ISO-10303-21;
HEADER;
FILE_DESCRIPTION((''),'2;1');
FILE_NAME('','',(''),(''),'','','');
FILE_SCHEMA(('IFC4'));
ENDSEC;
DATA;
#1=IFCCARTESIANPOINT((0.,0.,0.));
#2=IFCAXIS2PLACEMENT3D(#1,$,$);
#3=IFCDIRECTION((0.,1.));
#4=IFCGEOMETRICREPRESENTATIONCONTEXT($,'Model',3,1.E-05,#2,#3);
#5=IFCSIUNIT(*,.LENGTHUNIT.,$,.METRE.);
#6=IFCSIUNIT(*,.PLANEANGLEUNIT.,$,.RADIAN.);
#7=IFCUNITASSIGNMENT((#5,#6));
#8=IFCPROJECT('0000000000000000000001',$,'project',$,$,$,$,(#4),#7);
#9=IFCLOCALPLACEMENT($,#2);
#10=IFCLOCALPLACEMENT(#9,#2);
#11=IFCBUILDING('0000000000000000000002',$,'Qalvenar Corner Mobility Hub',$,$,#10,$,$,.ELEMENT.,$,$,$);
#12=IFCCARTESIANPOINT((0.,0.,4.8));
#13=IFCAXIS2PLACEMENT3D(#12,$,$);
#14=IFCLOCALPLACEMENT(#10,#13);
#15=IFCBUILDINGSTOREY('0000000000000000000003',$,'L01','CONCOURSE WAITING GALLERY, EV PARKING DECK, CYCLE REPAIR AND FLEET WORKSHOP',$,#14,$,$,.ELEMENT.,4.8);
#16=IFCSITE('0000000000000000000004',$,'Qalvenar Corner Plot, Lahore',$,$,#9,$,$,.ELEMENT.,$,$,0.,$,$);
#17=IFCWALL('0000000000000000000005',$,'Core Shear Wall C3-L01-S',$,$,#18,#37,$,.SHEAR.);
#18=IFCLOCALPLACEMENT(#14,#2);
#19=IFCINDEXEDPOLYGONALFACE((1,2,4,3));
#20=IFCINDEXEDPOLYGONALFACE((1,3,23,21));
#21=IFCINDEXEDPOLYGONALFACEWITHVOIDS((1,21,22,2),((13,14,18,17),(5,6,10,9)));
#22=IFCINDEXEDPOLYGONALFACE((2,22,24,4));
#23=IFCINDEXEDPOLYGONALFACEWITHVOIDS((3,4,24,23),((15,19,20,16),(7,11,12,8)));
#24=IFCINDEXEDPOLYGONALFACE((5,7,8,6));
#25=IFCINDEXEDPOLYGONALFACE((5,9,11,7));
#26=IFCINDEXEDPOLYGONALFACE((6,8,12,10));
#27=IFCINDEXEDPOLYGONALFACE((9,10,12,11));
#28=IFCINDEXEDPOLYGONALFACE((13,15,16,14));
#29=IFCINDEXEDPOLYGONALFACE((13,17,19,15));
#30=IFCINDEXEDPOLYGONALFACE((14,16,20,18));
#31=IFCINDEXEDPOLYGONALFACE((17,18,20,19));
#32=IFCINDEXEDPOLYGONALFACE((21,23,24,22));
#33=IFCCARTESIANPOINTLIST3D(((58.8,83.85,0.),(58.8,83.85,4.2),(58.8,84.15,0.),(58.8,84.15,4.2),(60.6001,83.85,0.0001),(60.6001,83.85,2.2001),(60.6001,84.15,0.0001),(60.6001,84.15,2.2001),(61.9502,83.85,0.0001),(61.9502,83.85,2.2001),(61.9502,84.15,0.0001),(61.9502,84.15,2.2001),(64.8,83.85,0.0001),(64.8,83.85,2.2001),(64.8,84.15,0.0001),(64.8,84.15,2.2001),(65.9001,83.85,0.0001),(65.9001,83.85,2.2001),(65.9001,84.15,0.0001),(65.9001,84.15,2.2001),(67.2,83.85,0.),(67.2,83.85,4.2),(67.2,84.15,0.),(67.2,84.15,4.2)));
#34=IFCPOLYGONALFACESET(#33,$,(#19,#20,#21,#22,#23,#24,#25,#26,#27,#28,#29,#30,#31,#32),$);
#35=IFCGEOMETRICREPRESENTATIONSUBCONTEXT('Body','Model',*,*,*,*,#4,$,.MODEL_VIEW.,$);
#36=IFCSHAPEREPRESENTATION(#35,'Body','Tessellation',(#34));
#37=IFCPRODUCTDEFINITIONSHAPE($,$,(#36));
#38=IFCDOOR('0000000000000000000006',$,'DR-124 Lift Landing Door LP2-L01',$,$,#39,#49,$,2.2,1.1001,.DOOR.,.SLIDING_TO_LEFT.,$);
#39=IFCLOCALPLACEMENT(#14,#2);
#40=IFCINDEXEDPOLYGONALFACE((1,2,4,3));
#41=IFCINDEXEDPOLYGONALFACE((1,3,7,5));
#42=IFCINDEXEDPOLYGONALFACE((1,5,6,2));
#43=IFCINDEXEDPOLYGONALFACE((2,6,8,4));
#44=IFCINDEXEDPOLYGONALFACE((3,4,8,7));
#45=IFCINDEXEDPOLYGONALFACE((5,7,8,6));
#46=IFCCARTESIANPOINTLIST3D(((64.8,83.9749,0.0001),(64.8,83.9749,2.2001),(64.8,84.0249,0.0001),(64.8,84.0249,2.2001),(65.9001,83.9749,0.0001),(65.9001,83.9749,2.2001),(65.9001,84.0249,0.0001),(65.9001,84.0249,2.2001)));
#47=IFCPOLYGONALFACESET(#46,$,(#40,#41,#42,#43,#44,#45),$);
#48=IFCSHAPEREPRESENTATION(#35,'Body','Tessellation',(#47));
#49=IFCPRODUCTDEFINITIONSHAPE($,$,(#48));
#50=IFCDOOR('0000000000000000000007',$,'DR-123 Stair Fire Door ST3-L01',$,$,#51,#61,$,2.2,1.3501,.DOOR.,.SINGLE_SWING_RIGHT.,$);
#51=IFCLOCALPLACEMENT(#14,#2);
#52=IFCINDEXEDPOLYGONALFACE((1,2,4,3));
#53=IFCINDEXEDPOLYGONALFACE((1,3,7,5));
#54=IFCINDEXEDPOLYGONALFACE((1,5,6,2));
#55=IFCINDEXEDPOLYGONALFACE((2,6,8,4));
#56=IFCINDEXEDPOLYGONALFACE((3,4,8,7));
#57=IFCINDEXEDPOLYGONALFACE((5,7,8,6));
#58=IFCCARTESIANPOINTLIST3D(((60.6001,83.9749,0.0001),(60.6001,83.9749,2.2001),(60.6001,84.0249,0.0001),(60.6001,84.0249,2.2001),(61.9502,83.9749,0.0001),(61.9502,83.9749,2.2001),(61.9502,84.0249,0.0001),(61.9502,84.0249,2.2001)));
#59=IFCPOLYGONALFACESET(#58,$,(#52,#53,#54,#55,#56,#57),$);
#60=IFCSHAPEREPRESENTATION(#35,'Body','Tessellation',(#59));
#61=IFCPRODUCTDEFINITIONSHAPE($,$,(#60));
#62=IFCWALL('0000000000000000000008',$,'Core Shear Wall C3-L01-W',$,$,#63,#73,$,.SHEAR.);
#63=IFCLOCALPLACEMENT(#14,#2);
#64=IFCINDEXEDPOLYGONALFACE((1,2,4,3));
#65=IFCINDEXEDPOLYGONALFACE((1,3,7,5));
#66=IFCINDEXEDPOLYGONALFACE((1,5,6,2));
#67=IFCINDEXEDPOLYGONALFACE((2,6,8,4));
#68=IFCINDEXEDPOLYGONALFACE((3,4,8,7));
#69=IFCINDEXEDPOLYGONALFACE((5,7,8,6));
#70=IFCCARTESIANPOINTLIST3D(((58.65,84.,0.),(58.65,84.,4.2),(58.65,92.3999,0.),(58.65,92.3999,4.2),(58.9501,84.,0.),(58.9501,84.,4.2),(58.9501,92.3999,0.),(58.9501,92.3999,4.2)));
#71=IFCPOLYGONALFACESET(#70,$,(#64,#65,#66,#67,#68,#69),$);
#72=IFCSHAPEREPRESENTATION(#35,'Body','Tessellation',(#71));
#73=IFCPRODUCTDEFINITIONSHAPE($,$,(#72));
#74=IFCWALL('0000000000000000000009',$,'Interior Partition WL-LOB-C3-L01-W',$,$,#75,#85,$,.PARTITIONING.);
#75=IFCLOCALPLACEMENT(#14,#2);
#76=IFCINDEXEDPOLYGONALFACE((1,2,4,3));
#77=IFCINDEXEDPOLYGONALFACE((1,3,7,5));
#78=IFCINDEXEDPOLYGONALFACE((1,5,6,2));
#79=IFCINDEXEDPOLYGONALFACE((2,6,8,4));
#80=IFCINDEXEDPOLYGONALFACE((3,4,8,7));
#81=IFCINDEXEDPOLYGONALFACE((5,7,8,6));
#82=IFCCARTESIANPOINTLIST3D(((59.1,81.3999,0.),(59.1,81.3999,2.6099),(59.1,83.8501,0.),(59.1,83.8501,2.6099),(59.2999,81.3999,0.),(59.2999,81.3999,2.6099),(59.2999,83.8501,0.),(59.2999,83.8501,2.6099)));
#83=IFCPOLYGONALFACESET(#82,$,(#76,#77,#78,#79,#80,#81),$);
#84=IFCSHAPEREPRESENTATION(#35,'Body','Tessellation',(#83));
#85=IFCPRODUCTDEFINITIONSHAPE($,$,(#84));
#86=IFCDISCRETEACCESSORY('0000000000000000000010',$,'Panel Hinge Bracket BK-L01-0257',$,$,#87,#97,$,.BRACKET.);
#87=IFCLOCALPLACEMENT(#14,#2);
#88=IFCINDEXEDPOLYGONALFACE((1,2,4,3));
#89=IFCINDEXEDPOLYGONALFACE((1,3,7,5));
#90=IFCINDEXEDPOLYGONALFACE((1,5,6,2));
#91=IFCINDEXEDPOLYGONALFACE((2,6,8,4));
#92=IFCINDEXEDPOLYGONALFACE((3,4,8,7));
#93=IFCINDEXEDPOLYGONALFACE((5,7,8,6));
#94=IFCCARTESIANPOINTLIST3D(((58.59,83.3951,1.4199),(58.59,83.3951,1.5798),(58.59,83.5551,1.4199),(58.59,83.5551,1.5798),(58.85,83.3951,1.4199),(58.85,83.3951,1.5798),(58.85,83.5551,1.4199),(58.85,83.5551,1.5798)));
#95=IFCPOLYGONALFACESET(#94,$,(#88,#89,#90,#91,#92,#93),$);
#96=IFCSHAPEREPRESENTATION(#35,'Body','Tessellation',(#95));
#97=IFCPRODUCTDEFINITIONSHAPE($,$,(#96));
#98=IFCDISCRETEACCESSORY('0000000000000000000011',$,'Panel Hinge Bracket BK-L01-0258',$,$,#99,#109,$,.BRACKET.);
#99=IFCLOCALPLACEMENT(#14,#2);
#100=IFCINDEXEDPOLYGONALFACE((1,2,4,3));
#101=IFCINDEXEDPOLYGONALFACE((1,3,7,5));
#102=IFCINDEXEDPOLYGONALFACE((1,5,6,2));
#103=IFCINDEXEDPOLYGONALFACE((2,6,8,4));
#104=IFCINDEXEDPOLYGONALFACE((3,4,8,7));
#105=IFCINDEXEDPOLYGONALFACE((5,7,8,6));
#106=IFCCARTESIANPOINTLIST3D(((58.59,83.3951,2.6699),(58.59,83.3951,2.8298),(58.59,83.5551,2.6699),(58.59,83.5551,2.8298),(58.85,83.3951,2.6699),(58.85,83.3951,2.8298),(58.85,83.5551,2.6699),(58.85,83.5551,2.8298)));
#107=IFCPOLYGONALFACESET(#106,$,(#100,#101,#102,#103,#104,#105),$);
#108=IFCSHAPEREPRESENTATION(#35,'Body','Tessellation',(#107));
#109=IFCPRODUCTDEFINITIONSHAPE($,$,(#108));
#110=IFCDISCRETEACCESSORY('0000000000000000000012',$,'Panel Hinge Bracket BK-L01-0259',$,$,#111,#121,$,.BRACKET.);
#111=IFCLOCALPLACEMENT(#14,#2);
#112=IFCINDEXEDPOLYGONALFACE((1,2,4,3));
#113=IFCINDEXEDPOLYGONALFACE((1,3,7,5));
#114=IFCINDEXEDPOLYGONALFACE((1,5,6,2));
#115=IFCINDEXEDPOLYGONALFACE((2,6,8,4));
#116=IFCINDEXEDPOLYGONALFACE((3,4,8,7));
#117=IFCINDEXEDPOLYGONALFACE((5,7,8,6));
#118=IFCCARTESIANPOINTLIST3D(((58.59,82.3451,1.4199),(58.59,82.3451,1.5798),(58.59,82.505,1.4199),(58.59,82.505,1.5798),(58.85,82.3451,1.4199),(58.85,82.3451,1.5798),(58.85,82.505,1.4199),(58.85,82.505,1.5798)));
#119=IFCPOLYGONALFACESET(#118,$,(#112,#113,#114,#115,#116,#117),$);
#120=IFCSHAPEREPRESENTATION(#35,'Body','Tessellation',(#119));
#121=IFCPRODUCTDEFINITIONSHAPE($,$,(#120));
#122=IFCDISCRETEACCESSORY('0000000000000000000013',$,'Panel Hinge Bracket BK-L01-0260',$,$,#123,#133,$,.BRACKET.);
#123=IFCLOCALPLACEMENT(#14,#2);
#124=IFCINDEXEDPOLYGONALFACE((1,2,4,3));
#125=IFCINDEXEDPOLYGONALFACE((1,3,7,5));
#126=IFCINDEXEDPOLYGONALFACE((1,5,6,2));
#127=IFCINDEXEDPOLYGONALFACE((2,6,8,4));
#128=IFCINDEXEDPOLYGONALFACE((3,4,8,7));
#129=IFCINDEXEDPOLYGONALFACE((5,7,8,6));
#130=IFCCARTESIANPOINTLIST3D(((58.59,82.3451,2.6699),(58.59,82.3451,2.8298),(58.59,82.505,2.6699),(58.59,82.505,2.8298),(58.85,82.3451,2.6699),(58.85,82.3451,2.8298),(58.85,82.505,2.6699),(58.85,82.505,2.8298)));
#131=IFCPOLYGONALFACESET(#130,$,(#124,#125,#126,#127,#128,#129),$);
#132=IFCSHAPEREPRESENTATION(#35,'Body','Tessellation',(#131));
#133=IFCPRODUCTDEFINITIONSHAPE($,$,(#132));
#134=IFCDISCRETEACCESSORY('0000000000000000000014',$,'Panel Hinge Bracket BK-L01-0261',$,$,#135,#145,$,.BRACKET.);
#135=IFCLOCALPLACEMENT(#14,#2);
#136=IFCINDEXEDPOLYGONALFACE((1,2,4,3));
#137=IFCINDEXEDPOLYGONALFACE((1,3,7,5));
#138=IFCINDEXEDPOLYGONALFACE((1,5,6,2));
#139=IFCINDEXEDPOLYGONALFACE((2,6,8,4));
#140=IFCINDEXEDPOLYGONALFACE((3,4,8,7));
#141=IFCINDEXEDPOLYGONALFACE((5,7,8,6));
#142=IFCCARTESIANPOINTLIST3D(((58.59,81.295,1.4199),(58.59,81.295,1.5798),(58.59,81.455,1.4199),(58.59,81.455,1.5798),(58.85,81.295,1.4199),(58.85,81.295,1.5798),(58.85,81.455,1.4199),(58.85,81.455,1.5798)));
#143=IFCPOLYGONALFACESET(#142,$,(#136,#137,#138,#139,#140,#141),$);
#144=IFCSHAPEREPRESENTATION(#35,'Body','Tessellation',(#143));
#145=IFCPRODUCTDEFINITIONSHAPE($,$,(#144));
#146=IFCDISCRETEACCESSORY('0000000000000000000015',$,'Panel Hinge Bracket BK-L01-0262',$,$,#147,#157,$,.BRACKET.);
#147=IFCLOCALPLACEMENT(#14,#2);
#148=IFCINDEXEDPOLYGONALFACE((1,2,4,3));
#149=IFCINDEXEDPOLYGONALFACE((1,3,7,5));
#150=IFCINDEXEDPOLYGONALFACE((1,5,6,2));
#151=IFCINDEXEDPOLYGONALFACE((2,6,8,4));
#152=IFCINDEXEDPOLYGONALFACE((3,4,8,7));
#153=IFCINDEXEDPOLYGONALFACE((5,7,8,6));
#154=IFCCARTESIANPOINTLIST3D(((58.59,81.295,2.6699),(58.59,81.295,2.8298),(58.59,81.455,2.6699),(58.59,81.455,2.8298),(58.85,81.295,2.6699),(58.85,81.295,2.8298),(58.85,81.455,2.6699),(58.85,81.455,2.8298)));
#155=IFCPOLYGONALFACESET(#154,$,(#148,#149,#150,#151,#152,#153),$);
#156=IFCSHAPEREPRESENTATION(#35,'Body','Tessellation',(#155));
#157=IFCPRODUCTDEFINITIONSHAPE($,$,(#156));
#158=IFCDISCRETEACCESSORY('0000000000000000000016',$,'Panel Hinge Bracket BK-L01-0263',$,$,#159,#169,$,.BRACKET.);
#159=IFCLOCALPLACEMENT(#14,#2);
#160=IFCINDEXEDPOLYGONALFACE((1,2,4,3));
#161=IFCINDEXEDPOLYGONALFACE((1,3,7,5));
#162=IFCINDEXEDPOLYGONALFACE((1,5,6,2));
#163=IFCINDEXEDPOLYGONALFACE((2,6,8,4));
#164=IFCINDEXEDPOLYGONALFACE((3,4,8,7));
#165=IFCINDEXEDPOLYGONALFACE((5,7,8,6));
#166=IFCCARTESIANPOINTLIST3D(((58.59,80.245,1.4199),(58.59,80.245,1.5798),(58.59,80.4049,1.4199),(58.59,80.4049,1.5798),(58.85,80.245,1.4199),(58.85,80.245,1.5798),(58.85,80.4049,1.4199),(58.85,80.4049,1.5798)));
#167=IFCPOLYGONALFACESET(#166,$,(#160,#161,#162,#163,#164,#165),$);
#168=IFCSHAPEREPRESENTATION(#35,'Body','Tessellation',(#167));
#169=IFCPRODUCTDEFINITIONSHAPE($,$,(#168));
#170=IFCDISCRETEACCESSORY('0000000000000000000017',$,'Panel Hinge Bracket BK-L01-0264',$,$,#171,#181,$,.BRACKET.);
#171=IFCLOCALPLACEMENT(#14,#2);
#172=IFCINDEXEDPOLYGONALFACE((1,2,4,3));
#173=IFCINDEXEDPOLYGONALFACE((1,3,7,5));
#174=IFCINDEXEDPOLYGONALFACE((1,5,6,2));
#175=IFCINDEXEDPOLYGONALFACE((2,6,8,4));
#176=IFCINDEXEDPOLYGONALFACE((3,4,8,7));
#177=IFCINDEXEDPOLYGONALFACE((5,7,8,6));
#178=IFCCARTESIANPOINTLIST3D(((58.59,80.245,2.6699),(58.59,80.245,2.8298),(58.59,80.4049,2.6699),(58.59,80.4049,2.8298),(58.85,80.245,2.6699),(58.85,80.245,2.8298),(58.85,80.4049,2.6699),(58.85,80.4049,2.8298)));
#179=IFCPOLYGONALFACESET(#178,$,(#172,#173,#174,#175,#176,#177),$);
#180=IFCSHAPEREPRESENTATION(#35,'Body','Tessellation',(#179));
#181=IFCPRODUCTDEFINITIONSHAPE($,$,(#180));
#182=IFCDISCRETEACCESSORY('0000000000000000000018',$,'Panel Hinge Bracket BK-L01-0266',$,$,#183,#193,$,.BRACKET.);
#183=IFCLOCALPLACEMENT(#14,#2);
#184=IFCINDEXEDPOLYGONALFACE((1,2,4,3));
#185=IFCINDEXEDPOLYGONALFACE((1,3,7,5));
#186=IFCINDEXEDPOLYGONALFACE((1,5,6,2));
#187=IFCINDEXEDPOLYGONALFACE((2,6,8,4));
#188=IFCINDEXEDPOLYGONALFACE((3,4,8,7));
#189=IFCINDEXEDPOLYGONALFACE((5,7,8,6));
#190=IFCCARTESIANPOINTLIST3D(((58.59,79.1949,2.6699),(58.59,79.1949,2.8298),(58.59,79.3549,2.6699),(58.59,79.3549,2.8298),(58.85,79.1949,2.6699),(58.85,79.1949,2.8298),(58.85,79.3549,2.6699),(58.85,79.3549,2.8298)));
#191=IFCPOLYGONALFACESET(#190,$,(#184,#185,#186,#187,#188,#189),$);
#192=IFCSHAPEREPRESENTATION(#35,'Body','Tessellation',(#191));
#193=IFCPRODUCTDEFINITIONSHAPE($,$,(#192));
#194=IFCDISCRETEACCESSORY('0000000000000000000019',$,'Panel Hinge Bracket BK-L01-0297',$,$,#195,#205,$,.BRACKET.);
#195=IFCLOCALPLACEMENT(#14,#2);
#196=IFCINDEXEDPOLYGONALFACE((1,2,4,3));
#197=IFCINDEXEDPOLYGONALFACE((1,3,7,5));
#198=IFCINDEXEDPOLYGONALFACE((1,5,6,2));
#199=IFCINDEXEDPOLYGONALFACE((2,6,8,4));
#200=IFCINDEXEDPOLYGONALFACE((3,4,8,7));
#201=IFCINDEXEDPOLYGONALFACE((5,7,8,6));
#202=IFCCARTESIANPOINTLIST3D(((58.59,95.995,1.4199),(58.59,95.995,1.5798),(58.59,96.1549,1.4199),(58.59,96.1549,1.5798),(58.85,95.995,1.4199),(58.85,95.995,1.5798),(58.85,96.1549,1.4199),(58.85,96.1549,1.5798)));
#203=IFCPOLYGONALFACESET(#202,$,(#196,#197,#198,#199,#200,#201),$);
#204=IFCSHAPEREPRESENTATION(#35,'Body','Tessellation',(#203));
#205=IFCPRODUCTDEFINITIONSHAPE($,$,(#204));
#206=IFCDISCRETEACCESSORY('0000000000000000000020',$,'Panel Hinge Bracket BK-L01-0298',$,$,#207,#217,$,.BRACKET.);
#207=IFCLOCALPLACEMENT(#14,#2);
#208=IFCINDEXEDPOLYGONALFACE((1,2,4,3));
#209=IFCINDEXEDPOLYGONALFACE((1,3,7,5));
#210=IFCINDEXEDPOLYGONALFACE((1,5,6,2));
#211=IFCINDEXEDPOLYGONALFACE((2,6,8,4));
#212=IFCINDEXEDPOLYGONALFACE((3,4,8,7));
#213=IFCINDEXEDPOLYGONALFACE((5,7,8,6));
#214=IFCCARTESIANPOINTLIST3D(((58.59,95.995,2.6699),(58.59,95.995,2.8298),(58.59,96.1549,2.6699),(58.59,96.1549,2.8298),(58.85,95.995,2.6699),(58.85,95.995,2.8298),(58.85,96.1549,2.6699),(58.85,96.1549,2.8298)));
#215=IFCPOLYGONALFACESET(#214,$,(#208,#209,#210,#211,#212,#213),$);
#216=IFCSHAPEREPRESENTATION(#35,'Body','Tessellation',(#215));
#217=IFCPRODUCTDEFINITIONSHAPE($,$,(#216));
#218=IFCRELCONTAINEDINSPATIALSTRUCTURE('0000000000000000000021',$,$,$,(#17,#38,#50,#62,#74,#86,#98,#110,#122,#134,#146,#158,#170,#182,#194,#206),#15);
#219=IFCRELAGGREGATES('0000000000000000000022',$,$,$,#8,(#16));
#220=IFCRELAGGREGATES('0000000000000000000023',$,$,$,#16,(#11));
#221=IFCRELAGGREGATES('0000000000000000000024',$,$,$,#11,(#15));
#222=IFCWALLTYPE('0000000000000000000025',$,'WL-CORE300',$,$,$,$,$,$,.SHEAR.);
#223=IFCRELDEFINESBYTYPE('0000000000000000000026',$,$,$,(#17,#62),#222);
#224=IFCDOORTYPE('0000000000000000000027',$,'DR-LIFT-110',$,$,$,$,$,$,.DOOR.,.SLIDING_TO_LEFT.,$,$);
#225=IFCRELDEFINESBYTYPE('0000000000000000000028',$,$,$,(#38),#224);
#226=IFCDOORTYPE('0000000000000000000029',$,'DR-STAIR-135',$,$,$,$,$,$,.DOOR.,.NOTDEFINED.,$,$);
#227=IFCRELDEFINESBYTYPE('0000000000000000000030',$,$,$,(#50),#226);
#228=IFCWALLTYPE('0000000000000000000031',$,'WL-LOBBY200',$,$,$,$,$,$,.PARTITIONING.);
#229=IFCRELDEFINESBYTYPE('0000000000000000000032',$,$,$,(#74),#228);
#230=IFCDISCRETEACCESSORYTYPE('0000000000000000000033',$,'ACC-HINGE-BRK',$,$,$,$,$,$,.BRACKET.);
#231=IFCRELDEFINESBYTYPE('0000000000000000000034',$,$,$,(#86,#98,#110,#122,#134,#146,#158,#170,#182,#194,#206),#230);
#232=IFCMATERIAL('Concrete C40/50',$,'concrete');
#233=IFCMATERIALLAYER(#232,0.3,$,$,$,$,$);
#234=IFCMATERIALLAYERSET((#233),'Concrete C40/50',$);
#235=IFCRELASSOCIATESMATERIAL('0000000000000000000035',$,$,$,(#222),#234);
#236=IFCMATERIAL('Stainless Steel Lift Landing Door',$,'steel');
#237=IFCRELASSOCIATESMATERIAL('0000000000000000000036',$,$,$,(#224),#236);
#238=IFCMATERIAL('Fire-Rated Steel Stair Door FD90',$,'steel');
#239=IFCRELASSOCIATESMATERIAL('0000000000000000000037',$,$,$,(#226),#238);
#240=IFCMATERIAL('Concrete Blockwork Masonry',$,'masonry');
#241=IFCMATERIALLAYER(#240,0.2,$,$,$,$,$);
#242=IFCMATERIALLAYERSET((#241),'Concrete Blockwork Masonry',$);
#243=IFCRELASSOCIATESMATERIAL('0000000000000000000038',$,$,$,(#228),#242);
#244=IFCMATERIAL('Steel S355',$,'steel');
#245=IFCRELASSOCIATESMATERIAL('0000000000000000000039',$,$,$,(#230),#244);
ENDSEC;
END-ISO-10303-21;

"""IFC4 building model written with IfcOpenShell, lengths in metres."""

from ifc_helpers import new_model, si_unit, direction, frame, frame_2d, origin, origin_2d, place, context, subcontext, project, spatial, rectangle, extrude, material, layer, layer_set, type_object, element, fill, save


model = new_model("IFC4")

# Units and contexts
model_context = context("Model", 3, precision=1e-05, world=origin(), true_north=direction((0.0, 1.0)))
body_context = subcontext(model_context, "Body", "Model", "MODEL_VIEW")
ifc_project = project(units=[si_unit("LENGTHUNIT", "METRE"), si_unit("PLANEANGLEUNIT", "RADIAN")], contexts=[model_context])

# Site, building, storey
site_placement = place(None, origin())
site = spatial("IfcSite", under=ifc_project, at=site_placement, Name="Qalvenar Corner Plot, Lahore", CompositionType="ELEMENT", RefElevation=0.0)
building_placement = place(site_placement, origin())
building = spatial("IfcBuilding", under=site, at=building_placement, Name="Qalvenar Corner Mobility Hub", CompositionType="ELEMENT")
storey_placement = place(building_placement, frame((0.0, 0.0, 4.8)))
storey = spatial("IfcBuildingStorey", under=building, at=storey_placement, Name="L01", Description="CONCOURSE WAITING GALLERY, EV PARKING DECK, CYCLE REPAIR AND FLEET WORKSHOP", CompositionType="ELEMENT", Elevation=4.8)

# Shared definitions
ifc_material_1 = material(Name="Steel S355", Category="steel")

# Wall, openings, doors
ifc_material_2 = material(Name="Concrete C40/50", Category="concrete")
ifc_layer_1 = layer(ifc_material_2, 0.3)
ifc_layer_set_1 = layer_set([ifc_layer_1], Name="Concrete C40/50")
wall_type_1 = type_object("IfcWallType", Name="WL-CORE300", PredefinedType="SHEAR", material=ifc_layer_set_1)
wall_1_placement = place(storey_placement, frame((58.8, 84.0, 0.0), z_axis=(0.0, 0.0, 1.0), x_axis=(1.0, 0.0, 0.0)))
wall_1 = element("IfcWall", 1, at=wall_1_placement, inside=storey, type_object=wall_type_1, Name="Core Shear Wall C3-L01-S", PredefinedType="SHEAR", context=body_context, shape_type="SweptSolid", body=[
    extrude(rectangle(XDim=8.3999, YDim=0.3, at=frame_2d((4.2, 0.0))), origin(), (0.0, 0.0, 1.0), 4.2),
])
opening_1_placement = place(wall_1_placement, frame((1.8, 0.0, 0.0)))
opening_1 = element("IfcOpeningElement", 2, at=opening_1_placement, cuts=wall_1, PredefinedType="OPENING", context=body_context, shape_type="SweptSolid", body=[
    extrude(rectangle(XDim=1.3501, YDim=2.2, at=frame_2d((0.675, 1.1001))), frame((0.0, 0.1602, 0.0), z_axis=(0.0, -1.0, 0.0), x_axis=(1.0, 0.0, 0.0)), (0.0, 0.0, 1.0), 0.3201),
])
opening_2_placement = place(wall_1_placement, frame((6.0, 0.0, 0.0)))
opening_2 = element("IfcOpeningElement", 3, at=opening_2_placement, cuts=wall_1, PredefinedType="OPENING", context=body_context, shape_type="SweptSolid", body=[
    extrude(rectangle(XDim=1.1001, YDim=2.2, at=frame_2d((0.55, 1.1001))), frame((0.0, 0.1602, 0.0), z_axis=(0.0, -1.0, 0.0), x_axis=(1.0, 0.0, 0.0)), (0.0, 0.0, 1.0), 0.3201),
])
ifc_material_3 = material(Name="Stainless Steel Lift Landing Door", Category="steel")
door_type_1 = type_object("IfcDoorType", Name="DR-LIFT-110", OperationType="SLIDING_TO_LEFT", PredefinedType="DOOR", material=ifc_material_3)
door_1_placement = place(opening_2_placement, origin())
door_1 = element("IfcDoor", 4, at=door_1_placement, inside=storey, type_object=door_type_1, Name="DR-124 Lift Landing Door LP2-L01", OperationType="SLIDING_TO_LEFT", OverallHeight=2.2, OverallWidth=1.1001, PredefinedType="DOOR", context=body_context, shape_type="SweptSolid", body=[
    extrude(rectangle(XDim=1.1001, YDim=2.2, at=frame_2d((0.55, 1.1001))), frame((0.0, 0.0249, 0.0), z_axis=(0.0, -1.0, 0.0), x_axis=(1.0, 0.0, 0.0)), (0.0, 0.0, 1.0), 0.05),
])
fill(opening_2, door_1)
ifc_material_4 = material(Name="Fire-Rated Steel Stair Door FD90", Category="steel")
door_type_2 = type_object("IfcDoorType", Name="DR-STAIR-135", OperationType="NOTDEFINED", PredefinedType="DOOR", material=ifc_material_4)
door_2_placement = place(opening_1_placement, origin())
door_2 = element("IfcDoor", 5, at=door_2_placement, inside=storey, type_object=door_type_2, Name="DR-123 Stair Fire Door ST3-L01", OperationType="SINGLE_SWING_RIGHT", OverallHeight=2.2, OverallWidth=1.3501, PredefinedType="DOOR", context=body_context, shape_type="SweptSolid", body=[
    extrude(rectangle(XDim=1.3501, YDim=2.2, at=frame_2d((0.675, 1.1001))), frame((0.0, 0.0249, 0.0), z_axis=(0.0, -1.0, 0.0), x_axis=(1.0, 0.0, 0.0)), (0.0, 0.0, 1.0), 0.05),
])
fill(opening_1, door_2)

# Walls
wall_2_placement = place(storey_placement, frame((58.8, 92.3999, 0.0), z_axis=(0.0, 0.0, 1.0), x_axis=(0.0, -1.0, 0.0)))
element("IfcWall", 6, at=wall_2_placement, inside=storey, type_object=wall_type_1, Name="Core Shear Wall C3-L01-W", PredefinedType="SHEAR", context=body_context, shape_type="SweptSolid", body=[
    extrude(rectangle(XDim=8.3999, YDim=0.3, at=frame_2d((4.2, 0.0))), origin(), (0.0, 0.0, 1.0), 4.2),
])
ifc_material_5 = material(Name="Concrete Blockwork Masonry", Category="masonry")
ifc_layer_2 = layer(ifc_material_5, 0.2)
ifc_layer_set_2 = layer_set([ifc_layer_2], Name="Concrete Blockwork Masonry")
wall_type_2 = type_object("IfcWallType", Name="WL-LOBBY200", PredefinedType="PARTITIONING", material=ifc_layer_set_2)
wall_3_placement = place(storey_placement, frame((59.2, 81.3999, 0.0), z_axis=(0.0, 0.0, 1.0), x_axis=(0.0, 1.0, 0.0)))
element("IfcWall", 7, at=wall_3_placement, inside=storey, type_object=wall_type_2, Name="Interior Partition WL-LOB-C3-L01-W", PredefinedType="PARTITIONING", context=body_context, shape_type="SweptSolid", body=[
    extrude(rectangle(XDim=2.4502, YDim=0.2, at=frame_2d((1.2251, 0.0))), origin(), (0.0, 0.0, 1.0), 2.6099),
])

# Discrete accessories
discrete_accessory_type = type_object("IfcDiscreteAccessoryType", Name="ACC-HINGE-BRK", PredefinedType="BRACKET", material=ifc_material_1)
for number, where, z_axis, x_axis, name in (
    (8, (58.72, 83.4751, 1.4199), (0.0, 0.0, 1.0), (0.0, -1.0, 0.0), "Panel Hinge Bracket BK-L01-0257"),
    (9, (58.72, 83.4751, 2.6699), (0.0, 0.0, 1.0), (0.0, -1.0, 0.0), "Panel Hinge Bracket BK-L01-0258"),
    (10, (58.72, 82.425, 1.4199), (0.0, 0.0, 1.0), (0.0, -1.0, 0.0), "Panel Hinge Bracket BK-L01-0259"),
    (11, (58.72, 82.425, 2.6699), (0.0, 0.0, 1.0), (0.0, -1.0, 0.0), "Panel Hinge Bracket BK-L01-0260"),
    (12, (58.72, 81.375, 1.4199), (0.0, 0.0, 1.0), (0.0, -1.0, 0.0), "Panel Hinge Bracket BK-L01-0261"),
    (13, (58.72, 81.375, 2.6699), (0.0, 0.0, 1.0), (0.0, -1.0, 0.0), "Panel Hinge Bracket BK-L01-0262"),
    (14, (58.72, 80.325, 1.4199), (0.0, 0.0, 1.0), (0.0, -1.0, 0.0), "Panel Hinge Bracket BK-L01-0263"),
    (15, (58.72, 80.325, 2.6699), (0.0, 0.0, 1.0), (0.0, -1.0, 0.0), "Panel Hinge Bracket BK-L01-0264"),
    (16, (58.72, 79.2749, 2.6699), (0.0, 0.0, 1.0), (0.0, -1.0, 0.0), "Panel Hinge Bracket BK-L01-0266"),
    (17, (58.72, 96.075, 1.4199), (0.0, 0.0, 1.0), (0.0, -1.0, 0.0), "Panel Hinge Bracket BK-L01-0297"),
    (18, (58.72, 96.075, 2.6699), (0.0, 0.0, 1.0), (0.0, -1.0, 0.0), "Panel Hinge Bracket BK-L01-0298"),
):
    element("IfcDiscreteAccessory", number, at=place(storey_placement, frame(where, z_axis=z_axis, x_axis=x_axis)), inside=storey, type_object=discrete_accessory_type, Name=name, PredefinedType="BRACKET", context=body_context, shape_type="SweptSolid", body=[
        extrude(rectangle(XDim=0.1599, YDim=0.26, at=origin_2d()), origin(), (0.0, 0.0, 1.0), 0.1599),
    ])

save(model, "model.ifc")
